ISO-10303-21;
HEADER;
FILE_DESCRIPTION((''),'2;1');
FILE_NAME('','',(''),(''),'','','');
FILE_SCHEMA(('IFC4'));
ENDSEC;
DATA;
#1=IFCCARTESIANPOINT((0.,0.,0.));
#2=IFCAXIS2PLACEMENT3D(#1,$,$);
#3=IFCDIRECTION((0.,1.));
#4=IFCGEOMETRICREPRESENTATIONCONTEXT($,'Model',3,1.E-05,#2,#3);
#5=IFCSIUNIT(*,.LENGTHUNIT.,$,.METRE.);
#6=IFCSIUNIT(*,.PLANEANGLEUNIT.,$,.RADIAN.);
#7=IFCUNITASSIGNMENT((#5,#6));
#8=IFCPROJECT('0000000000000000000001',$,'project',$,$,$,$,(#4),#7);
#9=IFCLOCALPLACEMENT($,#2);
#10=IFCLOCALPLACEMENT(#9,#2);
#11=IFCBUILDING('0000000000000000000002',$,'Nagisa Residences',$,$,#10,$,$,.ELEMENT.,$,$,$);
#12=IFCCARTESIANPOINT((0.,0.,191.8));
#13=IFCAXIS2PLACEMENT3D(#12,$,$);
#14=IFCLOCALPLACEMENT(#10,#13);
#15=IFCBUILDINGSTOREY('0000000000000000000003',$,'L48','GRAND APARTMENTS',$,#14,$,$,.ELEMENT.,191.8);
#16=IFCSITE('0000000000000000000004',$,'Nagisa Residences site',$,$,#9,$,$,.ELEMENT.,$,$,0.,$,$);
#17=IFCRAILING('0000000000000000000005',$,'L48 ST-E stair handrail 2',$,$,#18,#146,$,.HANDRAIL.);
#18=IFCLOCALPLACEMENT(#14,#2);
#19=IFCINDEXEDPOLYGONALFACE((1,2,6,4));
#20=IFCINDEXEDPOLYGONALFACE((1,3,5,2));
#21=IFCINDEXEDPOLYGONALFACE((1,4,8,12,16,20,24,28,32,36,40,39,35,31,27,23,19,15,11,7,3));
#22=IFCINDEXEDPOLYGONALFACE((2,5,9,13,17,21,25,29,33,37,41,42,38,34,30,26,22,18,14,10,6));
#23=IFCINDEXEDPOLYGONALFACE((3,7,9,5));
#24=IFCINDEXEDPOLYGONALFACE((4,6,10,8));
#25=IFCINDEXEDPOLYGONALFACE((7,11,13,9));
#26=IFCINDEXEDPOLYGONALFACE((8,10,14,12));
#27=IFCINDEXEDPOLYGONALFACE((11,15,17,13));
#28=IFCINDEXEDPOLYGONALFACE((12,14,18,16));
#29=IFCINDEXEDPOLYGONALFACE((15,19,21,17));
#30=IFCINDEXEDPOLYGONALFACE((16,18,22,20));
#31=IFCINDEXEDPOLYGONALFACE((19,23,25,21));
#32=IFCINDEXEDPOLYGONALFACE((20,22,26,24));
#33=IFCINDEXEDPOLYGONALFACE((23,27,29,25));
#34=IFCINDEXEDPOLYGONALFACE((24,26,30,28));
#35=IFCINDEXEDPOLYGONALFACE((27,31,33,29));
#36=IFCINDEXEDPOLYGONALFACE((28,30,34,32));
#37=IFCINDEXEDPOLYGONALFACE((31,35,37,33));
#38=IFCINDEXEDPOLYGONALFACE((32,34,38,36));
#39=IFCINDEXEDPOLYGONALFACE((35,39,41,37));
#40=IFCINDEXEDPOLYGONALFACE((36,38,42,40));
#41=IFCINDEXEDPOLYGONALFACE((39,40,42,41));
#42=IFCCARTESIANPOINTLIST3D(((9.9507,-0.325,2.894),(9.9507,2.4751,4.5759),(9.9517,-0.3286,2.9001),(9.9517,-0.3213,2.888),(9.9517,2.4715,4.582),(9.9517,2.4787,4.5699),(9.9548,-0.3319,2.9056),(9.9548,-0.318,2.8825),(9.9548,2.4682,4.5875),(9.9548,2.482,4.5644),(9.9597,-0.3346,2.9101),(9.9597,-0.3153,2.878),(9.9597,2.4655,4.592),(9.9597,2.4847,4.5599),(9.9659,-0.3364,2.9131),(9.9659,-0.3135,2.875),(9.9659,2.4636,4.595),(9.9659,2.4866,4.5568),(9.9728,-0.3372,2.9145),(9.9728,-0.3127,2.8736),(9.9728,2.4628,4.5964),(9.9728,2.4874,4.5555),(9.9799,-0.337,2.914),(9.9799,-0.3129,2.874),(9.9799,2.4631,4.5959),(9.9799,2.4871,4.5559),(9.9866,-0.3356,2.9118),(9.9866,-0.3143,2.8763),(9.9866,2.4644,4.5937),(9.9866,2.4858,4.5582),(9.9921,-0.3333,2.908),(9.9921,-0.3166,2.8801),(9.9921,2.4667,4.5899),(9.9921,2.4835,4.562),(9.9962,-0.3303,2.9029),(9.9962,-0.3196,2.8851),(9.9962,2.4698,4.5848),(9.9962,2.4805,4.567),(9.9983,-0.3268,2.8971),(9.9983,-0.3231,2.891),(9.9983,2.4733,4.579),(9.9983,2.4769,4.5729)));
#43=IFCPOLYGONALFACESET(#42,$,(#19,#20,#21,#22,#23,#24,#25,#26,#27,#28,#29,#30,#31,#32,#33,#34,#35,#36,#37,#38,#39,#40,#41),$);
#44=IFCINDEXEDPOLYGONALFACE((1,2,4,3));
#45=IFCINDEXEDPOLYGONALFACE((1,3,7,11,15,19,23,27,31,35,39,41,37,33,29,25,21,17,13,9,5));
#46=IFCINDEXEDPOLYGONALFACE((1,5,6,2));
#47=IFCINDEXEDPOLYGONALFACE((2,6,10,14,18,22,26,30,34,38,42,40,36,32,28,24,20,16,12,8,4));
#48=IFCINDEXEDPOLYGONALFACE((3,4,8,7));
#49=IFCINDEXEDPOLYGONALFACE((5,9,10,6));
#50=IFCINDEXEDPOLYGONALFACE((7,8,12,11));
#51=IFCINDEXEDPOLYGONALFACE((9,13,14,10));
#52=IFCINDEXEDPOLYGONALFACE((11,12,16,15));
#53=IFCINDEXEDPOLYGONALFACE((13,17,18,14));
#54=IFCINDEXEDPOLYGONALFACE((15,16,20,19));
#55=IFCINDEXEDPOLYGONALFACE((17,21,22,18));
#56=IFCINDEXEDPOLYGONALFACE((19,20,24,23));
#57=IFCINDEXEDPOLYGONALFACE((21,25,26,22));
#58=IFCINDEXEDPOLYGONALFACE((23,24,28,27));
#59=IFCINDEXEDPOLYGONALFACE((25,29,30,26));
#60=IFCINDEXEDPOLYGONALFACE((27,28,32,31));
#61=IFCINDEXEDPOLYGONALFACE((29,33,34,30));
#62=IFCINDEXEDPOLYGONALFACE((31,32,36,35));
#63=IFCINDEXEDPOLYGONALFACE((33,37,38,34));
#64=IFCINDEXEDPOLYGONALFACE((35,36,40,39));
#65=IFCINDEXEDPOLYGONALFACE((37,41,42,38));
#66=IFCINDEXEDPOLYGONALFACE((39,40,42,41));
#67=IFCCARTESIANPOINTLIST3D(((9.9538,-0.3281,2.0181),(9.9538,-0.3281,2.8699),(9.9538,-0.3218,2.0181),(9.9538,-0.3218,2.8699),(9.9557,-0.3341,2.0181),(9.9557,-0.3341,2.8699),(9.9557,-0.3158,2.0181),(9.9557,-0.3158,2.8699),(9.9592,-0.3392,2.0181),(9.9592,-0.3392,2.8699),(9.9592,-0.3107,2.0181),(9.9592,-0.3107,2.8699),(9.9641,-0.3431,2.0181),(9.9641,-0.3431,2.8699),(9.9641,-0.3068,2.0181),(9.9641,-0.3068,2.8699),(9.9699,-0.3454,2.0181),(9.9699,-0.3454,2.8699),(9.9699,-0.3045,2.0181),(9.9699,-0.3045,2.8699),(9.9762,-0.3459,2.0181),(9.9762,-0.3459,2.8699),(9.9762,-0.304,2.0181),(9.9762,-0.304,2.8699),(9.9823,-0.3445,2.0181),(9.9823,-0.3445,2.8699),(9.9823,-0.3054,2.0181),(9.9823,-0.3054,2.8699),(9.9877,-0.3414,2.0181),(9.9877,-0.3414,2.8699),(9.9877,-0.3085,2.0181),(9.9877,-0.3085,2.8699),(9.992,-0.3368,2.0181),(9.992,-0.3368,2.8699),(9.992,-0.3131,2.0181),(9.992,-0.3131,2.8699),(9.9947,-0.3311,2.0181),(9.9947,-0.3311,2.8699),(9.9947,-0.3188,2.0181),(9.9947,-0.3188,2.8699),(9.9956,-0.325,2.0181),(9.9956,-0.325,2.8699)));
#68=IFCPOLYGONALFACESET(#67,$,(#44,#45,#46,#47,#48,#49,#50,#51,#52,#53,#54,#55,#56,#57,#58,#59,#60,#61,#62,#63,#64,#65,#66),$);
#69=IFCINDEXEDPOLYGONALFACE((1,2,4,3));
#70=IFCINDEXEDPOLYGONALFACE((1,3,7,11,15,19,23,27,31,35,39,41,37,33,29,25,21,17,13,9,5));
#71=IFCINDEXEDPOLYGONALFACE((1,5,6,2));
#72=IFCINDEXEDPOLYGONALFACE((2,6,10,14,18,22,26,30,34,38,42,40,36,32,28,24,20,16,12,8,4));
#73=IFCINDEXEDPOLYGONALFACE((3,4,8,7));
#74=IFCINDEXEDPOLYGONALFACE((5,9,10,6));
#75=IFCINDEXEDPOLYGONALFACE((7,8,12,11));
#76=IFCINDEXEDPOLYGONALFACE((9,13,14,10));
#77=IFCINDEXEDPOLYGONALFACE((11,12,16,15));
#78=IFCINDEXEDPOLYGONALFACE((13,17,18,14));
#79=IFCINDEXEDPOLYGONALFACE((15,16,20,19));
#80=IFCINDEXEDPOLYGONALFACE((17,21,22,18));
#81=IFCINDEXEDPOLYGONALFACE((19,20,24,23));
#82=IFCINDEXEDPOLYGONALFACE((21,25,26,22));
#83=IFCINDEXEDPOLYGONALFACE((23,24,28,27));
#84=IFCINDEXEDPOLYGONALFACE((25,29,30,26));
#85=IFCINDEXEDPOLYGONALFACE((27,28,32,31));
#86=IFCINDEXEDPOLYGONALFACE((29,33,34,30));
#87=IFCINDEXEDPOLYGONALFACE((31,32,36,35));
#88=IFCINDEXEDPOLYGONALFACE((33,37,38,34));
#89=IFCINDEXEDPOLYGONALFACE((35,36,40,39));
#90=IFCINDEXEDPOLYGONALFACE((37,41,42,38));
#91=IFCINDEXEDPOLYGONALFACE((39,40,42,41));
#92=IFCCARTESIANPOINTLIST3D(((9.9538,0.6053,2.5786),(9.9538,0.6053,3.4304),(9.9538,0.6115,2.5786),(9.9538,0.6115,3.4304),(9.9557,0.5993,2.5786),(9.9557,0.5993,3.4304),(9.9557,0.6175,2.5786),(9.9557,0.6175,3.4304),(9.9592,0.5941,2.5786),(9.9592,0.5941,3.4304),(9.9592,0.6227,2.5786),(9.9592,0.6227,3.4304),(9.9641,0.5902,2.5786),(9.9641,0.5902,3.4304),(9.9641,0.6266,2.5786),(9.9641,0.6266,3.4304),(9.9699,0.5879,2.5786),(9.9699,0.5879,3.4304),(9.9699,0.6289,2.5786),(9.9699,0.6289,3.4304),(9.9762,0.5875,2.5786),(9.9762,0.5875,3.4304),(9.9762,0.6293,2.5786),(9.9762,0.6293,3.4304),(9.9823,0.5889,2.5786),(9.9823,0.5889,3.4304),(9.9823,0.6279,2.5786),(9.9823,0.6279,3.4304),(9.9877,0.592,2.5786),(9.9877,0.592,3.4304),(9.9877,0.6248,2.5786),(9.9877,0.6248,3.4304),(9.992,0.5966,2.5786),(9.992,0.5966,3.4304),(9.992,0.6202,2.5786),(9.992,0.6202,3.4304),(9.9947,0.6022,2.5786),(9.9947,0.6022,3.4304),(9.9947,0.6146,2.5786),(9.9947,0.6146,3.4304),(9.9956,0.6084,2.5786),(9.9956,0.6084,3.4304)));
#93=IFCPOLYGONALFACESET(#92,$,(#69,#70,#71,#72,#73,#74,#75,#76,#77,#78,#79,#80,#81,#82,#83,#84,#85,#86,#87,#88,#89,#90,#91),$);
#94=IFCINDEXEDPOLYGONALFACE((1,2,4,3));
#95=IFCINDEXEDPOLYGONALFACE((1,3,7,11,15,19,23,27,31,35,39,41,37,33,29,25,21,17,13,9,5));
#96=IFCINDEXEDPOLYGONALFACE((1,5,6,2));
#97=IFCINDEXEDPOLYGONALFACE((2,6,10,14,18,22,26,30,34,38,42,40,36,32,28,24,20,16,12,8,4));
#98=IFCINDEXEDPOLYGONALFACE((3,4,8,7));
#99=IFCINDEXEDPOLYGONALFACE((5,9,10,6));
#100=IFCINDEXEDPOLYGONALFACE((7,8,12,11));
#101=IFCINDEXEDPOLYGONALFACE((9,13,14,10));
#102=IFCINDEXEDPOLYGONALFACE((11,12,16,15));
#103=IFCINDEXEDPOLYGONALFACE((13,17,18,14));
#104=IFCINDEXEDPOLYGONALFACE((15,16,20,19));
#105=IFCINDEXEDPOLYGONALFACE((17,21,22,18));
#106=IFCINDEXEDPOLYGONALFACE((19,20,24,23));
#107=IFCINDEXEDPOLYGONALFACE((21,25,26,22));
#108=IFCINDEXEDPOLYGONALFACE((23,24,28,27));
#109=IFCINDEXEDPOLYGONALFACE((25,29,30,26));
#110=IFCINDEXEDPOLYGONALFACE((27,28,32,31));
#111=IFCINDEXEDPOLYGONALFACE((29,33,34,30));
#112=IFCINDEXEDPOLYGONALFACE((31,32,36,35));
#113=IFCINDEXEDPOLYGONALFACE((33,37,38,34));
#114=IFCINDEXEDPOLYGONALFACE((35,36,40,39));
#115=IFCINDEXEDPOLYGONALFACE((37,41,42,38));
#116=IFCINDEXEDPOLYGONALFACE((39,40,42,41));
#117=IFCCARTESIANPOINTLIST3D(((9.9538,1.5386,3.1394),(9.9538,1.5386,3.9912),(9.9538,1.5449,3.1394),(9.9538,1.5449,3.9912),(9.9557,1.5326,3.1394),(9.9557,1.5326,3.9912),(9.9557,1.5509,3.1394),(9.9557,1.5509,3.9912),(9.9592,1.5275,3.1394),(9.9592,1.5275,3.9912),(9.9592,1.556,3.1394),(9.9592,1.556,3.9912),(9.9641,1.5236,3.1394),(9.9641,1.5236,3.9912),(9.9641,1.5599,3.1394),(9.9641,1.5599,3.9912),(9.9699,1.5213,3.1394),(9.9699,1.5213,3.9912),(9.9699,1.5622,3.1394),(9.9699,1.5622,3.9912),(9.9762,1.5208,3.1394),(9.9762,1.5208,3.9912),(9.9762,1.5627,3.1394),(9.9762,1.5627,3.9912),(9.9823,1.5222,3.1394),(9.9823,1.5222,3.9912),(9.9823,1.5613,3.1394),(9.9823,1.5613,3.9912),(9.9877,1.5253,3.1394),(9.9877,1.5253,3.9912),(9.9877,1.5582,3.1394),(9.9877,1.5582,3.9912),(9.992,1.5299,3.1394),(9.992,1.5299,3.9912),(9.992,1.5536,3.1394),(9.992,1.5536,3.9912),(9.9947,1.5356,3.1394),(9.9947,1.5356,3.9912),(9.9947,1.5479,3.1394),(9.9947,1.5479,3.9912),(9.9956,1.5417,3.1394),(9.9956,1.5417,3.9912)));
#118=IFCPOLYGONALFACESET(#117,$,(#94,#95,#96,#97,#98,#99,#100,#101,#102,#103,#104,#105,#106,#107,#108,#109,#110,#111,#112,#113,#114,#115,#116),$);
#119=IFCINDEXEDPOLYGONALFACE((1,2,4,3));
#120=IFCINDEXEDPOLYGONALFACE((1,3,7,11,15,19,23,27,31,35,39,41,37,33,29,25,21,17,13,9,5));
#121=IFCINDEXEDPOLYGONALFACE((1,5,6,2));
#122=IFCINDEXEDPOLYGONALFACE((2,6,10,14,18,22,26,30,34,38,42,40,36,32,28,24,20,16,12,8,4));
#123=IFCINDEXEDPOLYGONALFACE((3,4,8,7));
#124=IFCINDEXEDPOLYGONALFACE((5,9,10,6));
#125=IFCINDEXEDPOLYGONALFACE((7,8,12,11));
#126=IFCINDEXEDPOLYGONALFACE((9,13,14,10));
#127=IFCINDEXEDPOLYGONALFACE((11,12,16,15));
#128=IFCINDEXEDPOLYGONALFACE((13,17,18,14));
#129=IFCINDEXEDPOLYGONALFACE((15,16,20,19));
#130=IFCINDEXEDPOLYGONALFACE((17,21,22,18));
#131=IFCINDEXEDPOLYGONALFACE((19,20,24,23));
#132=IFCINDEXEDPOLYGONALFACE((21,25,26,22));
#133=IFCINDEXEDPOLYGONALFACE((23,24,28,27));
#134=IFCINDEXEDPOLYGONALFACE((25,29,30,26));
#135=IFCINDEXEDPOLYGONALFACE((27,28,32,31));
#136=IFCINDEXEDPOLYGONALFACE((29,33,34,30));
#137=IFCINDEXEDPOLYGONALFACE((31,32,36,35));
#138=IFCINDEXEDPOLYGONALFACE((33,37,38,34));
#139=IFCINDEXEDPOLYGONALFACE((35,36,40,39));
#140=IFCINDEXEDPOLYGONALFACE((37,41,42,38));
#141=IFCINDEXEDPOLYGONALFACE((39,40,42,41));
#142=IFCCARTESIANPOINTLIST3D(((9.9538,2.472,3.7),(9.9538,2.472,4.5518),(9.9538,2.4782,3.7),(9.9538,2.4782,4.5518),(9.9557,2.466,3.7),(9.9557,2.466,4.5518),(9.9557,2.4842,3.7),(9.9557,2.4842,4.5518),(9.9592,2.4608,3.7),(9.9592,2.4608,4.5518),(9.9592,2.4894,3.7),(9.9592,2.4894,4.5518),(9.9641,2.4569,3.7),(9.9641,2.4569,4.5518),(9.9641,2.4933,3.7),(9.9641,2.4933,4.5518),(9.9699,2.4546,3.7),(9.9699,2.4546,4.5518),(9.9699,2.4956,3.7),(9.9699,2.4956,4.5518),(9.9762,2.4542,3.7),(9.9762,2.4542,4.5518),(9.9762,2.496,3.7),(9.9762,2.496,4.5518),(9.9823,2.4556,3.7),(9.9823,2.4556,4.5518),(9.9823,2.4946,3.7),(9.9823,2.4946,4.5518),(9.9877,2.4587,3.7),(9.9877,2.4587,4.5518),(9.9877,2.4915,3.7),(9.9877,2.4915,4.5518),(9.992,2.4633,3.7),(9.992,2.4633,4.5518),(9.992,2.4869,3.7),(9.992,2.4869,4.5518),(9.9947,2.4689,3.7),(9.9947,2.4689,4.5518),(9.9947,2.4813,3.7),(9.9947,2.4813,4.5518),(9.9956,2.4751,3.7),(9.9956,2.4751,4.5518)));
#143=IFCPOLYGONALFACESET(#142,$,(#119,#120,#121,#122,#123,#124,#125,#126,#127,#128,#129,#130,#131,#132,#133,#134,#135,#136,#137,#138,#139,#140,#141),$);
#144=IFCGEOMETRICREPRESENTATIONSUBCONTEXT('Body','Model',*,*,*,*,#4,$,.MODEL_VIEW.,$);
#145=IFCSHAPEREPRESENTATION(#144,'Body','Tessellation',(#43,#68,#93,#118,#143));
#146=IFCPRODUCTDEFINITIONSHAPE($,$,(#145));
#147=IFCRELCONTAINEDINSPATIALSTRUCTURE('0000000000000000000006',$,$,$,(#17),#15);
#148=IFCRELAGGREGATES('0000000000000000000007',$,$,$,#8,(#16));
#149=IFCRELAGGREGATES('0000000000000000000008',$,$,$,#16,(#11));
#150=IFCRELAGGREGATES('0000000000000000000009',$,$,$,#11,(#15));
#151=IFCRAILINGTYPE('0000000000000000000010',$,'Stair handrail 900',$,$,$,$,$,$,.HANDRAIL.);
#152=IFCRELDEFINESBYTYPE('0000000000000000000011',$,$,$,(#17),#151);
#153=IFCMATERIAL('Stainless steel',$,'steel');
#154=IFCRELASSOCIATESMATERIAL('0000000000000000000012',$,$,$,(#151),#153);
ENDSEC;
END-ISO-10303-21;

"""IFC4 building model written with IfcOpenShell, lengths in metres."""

from ifc_helpers import new_model, si_unit, direction, frame, origin, origin_2d, place, context, subcontext, project, spatial, circle, extrude, material, type_object, element, save


model = new_model("IFC4")

# Units and contexts
model_context = context("Model", 3, precision=1e-05, world=origin(), true_north=direction((0.0, 1.0)))
body_context = subcontext(model_context, "Body", "Model", "MODEL_VIEW")
ifc_project = project(units=[si_unit("LENGTHUNIT", "METRE"), si_unit("PLANEANGLEUNIT", "RADIAN")], contexts=[model_context])

# Site, building, storey
site_placement = place(None, origin())
site = spatial("IfcSite", under=ifc_project, at=site_placement, Name="Nagisa Residences site", CompositionType="ELEMENT", RefElevation=0.0)
building_placement = place(site_placement, origin())
building = spatial("IfcBuilding", under=site, at=building_placement, Name="Nagisa Residences", CompositionType="ELEMENT")
storey_placement = place(building_placement, frame((0.0, 0.0, 191.8)))
storey = spatial("IfcBuildingStorey", under=building, at=storey_placement, Name="L48", Description="GRAND APARTMENTS", CompositionType="ELEMENT", Elevation=191.8)

# Railing
ifc_material_1 = material(Name="Stainless steel", Category="steel")
railing_type = type_object("IfcRailingType", Name="Stair handrail 900", PredefinedType="HANDRAIL", material=ifc_material_1)
railing_1_placement = place(storey_placement, frame((9.9746, -0.325, 2.0181)))
element("IfcRailing", 1, at=railing_1_placement, inside=storey, type_object=railing_type, Name="L48 ST-E stair handrail 2", PredefinedType="HANDRAIL", context=body_context, shape_type="SweptSolid", body=[
    extrude(circle(Radius=0.0239, at=origin_2d()), frame((0.0, 0.0, 0.876), z_axis=(0.0, 0.857242, 0.514913), x_axis=(-1.0, 0.0, 0.0)), (0.0, 0.0, 1.0), 3.2664),
    extrude(circle(Radius=0.021, at=origin_2d()), origin(), (0.0, 0.0, 1.0), 0.8518),
    extrude(circle(Radius=0.021, at=origin_2d()), frame((0.0, 0.9333, 0.5605)), (0.0, 0.0, 1.0), 0.8518),
    extrude(circle(Radius=0.021, at=origin_2d()), frame((0.0, 1.8667, 1.1213)), (0.0, 0.0, 1.0), 0.8518),
    extrude(circle(Radius=0.021, at=origin_2d()), frame((0.0, 2.8, 1.6819)), (0.0, 0.0, 1.0), 0.8518),
])

save(model, "model.ifc")
